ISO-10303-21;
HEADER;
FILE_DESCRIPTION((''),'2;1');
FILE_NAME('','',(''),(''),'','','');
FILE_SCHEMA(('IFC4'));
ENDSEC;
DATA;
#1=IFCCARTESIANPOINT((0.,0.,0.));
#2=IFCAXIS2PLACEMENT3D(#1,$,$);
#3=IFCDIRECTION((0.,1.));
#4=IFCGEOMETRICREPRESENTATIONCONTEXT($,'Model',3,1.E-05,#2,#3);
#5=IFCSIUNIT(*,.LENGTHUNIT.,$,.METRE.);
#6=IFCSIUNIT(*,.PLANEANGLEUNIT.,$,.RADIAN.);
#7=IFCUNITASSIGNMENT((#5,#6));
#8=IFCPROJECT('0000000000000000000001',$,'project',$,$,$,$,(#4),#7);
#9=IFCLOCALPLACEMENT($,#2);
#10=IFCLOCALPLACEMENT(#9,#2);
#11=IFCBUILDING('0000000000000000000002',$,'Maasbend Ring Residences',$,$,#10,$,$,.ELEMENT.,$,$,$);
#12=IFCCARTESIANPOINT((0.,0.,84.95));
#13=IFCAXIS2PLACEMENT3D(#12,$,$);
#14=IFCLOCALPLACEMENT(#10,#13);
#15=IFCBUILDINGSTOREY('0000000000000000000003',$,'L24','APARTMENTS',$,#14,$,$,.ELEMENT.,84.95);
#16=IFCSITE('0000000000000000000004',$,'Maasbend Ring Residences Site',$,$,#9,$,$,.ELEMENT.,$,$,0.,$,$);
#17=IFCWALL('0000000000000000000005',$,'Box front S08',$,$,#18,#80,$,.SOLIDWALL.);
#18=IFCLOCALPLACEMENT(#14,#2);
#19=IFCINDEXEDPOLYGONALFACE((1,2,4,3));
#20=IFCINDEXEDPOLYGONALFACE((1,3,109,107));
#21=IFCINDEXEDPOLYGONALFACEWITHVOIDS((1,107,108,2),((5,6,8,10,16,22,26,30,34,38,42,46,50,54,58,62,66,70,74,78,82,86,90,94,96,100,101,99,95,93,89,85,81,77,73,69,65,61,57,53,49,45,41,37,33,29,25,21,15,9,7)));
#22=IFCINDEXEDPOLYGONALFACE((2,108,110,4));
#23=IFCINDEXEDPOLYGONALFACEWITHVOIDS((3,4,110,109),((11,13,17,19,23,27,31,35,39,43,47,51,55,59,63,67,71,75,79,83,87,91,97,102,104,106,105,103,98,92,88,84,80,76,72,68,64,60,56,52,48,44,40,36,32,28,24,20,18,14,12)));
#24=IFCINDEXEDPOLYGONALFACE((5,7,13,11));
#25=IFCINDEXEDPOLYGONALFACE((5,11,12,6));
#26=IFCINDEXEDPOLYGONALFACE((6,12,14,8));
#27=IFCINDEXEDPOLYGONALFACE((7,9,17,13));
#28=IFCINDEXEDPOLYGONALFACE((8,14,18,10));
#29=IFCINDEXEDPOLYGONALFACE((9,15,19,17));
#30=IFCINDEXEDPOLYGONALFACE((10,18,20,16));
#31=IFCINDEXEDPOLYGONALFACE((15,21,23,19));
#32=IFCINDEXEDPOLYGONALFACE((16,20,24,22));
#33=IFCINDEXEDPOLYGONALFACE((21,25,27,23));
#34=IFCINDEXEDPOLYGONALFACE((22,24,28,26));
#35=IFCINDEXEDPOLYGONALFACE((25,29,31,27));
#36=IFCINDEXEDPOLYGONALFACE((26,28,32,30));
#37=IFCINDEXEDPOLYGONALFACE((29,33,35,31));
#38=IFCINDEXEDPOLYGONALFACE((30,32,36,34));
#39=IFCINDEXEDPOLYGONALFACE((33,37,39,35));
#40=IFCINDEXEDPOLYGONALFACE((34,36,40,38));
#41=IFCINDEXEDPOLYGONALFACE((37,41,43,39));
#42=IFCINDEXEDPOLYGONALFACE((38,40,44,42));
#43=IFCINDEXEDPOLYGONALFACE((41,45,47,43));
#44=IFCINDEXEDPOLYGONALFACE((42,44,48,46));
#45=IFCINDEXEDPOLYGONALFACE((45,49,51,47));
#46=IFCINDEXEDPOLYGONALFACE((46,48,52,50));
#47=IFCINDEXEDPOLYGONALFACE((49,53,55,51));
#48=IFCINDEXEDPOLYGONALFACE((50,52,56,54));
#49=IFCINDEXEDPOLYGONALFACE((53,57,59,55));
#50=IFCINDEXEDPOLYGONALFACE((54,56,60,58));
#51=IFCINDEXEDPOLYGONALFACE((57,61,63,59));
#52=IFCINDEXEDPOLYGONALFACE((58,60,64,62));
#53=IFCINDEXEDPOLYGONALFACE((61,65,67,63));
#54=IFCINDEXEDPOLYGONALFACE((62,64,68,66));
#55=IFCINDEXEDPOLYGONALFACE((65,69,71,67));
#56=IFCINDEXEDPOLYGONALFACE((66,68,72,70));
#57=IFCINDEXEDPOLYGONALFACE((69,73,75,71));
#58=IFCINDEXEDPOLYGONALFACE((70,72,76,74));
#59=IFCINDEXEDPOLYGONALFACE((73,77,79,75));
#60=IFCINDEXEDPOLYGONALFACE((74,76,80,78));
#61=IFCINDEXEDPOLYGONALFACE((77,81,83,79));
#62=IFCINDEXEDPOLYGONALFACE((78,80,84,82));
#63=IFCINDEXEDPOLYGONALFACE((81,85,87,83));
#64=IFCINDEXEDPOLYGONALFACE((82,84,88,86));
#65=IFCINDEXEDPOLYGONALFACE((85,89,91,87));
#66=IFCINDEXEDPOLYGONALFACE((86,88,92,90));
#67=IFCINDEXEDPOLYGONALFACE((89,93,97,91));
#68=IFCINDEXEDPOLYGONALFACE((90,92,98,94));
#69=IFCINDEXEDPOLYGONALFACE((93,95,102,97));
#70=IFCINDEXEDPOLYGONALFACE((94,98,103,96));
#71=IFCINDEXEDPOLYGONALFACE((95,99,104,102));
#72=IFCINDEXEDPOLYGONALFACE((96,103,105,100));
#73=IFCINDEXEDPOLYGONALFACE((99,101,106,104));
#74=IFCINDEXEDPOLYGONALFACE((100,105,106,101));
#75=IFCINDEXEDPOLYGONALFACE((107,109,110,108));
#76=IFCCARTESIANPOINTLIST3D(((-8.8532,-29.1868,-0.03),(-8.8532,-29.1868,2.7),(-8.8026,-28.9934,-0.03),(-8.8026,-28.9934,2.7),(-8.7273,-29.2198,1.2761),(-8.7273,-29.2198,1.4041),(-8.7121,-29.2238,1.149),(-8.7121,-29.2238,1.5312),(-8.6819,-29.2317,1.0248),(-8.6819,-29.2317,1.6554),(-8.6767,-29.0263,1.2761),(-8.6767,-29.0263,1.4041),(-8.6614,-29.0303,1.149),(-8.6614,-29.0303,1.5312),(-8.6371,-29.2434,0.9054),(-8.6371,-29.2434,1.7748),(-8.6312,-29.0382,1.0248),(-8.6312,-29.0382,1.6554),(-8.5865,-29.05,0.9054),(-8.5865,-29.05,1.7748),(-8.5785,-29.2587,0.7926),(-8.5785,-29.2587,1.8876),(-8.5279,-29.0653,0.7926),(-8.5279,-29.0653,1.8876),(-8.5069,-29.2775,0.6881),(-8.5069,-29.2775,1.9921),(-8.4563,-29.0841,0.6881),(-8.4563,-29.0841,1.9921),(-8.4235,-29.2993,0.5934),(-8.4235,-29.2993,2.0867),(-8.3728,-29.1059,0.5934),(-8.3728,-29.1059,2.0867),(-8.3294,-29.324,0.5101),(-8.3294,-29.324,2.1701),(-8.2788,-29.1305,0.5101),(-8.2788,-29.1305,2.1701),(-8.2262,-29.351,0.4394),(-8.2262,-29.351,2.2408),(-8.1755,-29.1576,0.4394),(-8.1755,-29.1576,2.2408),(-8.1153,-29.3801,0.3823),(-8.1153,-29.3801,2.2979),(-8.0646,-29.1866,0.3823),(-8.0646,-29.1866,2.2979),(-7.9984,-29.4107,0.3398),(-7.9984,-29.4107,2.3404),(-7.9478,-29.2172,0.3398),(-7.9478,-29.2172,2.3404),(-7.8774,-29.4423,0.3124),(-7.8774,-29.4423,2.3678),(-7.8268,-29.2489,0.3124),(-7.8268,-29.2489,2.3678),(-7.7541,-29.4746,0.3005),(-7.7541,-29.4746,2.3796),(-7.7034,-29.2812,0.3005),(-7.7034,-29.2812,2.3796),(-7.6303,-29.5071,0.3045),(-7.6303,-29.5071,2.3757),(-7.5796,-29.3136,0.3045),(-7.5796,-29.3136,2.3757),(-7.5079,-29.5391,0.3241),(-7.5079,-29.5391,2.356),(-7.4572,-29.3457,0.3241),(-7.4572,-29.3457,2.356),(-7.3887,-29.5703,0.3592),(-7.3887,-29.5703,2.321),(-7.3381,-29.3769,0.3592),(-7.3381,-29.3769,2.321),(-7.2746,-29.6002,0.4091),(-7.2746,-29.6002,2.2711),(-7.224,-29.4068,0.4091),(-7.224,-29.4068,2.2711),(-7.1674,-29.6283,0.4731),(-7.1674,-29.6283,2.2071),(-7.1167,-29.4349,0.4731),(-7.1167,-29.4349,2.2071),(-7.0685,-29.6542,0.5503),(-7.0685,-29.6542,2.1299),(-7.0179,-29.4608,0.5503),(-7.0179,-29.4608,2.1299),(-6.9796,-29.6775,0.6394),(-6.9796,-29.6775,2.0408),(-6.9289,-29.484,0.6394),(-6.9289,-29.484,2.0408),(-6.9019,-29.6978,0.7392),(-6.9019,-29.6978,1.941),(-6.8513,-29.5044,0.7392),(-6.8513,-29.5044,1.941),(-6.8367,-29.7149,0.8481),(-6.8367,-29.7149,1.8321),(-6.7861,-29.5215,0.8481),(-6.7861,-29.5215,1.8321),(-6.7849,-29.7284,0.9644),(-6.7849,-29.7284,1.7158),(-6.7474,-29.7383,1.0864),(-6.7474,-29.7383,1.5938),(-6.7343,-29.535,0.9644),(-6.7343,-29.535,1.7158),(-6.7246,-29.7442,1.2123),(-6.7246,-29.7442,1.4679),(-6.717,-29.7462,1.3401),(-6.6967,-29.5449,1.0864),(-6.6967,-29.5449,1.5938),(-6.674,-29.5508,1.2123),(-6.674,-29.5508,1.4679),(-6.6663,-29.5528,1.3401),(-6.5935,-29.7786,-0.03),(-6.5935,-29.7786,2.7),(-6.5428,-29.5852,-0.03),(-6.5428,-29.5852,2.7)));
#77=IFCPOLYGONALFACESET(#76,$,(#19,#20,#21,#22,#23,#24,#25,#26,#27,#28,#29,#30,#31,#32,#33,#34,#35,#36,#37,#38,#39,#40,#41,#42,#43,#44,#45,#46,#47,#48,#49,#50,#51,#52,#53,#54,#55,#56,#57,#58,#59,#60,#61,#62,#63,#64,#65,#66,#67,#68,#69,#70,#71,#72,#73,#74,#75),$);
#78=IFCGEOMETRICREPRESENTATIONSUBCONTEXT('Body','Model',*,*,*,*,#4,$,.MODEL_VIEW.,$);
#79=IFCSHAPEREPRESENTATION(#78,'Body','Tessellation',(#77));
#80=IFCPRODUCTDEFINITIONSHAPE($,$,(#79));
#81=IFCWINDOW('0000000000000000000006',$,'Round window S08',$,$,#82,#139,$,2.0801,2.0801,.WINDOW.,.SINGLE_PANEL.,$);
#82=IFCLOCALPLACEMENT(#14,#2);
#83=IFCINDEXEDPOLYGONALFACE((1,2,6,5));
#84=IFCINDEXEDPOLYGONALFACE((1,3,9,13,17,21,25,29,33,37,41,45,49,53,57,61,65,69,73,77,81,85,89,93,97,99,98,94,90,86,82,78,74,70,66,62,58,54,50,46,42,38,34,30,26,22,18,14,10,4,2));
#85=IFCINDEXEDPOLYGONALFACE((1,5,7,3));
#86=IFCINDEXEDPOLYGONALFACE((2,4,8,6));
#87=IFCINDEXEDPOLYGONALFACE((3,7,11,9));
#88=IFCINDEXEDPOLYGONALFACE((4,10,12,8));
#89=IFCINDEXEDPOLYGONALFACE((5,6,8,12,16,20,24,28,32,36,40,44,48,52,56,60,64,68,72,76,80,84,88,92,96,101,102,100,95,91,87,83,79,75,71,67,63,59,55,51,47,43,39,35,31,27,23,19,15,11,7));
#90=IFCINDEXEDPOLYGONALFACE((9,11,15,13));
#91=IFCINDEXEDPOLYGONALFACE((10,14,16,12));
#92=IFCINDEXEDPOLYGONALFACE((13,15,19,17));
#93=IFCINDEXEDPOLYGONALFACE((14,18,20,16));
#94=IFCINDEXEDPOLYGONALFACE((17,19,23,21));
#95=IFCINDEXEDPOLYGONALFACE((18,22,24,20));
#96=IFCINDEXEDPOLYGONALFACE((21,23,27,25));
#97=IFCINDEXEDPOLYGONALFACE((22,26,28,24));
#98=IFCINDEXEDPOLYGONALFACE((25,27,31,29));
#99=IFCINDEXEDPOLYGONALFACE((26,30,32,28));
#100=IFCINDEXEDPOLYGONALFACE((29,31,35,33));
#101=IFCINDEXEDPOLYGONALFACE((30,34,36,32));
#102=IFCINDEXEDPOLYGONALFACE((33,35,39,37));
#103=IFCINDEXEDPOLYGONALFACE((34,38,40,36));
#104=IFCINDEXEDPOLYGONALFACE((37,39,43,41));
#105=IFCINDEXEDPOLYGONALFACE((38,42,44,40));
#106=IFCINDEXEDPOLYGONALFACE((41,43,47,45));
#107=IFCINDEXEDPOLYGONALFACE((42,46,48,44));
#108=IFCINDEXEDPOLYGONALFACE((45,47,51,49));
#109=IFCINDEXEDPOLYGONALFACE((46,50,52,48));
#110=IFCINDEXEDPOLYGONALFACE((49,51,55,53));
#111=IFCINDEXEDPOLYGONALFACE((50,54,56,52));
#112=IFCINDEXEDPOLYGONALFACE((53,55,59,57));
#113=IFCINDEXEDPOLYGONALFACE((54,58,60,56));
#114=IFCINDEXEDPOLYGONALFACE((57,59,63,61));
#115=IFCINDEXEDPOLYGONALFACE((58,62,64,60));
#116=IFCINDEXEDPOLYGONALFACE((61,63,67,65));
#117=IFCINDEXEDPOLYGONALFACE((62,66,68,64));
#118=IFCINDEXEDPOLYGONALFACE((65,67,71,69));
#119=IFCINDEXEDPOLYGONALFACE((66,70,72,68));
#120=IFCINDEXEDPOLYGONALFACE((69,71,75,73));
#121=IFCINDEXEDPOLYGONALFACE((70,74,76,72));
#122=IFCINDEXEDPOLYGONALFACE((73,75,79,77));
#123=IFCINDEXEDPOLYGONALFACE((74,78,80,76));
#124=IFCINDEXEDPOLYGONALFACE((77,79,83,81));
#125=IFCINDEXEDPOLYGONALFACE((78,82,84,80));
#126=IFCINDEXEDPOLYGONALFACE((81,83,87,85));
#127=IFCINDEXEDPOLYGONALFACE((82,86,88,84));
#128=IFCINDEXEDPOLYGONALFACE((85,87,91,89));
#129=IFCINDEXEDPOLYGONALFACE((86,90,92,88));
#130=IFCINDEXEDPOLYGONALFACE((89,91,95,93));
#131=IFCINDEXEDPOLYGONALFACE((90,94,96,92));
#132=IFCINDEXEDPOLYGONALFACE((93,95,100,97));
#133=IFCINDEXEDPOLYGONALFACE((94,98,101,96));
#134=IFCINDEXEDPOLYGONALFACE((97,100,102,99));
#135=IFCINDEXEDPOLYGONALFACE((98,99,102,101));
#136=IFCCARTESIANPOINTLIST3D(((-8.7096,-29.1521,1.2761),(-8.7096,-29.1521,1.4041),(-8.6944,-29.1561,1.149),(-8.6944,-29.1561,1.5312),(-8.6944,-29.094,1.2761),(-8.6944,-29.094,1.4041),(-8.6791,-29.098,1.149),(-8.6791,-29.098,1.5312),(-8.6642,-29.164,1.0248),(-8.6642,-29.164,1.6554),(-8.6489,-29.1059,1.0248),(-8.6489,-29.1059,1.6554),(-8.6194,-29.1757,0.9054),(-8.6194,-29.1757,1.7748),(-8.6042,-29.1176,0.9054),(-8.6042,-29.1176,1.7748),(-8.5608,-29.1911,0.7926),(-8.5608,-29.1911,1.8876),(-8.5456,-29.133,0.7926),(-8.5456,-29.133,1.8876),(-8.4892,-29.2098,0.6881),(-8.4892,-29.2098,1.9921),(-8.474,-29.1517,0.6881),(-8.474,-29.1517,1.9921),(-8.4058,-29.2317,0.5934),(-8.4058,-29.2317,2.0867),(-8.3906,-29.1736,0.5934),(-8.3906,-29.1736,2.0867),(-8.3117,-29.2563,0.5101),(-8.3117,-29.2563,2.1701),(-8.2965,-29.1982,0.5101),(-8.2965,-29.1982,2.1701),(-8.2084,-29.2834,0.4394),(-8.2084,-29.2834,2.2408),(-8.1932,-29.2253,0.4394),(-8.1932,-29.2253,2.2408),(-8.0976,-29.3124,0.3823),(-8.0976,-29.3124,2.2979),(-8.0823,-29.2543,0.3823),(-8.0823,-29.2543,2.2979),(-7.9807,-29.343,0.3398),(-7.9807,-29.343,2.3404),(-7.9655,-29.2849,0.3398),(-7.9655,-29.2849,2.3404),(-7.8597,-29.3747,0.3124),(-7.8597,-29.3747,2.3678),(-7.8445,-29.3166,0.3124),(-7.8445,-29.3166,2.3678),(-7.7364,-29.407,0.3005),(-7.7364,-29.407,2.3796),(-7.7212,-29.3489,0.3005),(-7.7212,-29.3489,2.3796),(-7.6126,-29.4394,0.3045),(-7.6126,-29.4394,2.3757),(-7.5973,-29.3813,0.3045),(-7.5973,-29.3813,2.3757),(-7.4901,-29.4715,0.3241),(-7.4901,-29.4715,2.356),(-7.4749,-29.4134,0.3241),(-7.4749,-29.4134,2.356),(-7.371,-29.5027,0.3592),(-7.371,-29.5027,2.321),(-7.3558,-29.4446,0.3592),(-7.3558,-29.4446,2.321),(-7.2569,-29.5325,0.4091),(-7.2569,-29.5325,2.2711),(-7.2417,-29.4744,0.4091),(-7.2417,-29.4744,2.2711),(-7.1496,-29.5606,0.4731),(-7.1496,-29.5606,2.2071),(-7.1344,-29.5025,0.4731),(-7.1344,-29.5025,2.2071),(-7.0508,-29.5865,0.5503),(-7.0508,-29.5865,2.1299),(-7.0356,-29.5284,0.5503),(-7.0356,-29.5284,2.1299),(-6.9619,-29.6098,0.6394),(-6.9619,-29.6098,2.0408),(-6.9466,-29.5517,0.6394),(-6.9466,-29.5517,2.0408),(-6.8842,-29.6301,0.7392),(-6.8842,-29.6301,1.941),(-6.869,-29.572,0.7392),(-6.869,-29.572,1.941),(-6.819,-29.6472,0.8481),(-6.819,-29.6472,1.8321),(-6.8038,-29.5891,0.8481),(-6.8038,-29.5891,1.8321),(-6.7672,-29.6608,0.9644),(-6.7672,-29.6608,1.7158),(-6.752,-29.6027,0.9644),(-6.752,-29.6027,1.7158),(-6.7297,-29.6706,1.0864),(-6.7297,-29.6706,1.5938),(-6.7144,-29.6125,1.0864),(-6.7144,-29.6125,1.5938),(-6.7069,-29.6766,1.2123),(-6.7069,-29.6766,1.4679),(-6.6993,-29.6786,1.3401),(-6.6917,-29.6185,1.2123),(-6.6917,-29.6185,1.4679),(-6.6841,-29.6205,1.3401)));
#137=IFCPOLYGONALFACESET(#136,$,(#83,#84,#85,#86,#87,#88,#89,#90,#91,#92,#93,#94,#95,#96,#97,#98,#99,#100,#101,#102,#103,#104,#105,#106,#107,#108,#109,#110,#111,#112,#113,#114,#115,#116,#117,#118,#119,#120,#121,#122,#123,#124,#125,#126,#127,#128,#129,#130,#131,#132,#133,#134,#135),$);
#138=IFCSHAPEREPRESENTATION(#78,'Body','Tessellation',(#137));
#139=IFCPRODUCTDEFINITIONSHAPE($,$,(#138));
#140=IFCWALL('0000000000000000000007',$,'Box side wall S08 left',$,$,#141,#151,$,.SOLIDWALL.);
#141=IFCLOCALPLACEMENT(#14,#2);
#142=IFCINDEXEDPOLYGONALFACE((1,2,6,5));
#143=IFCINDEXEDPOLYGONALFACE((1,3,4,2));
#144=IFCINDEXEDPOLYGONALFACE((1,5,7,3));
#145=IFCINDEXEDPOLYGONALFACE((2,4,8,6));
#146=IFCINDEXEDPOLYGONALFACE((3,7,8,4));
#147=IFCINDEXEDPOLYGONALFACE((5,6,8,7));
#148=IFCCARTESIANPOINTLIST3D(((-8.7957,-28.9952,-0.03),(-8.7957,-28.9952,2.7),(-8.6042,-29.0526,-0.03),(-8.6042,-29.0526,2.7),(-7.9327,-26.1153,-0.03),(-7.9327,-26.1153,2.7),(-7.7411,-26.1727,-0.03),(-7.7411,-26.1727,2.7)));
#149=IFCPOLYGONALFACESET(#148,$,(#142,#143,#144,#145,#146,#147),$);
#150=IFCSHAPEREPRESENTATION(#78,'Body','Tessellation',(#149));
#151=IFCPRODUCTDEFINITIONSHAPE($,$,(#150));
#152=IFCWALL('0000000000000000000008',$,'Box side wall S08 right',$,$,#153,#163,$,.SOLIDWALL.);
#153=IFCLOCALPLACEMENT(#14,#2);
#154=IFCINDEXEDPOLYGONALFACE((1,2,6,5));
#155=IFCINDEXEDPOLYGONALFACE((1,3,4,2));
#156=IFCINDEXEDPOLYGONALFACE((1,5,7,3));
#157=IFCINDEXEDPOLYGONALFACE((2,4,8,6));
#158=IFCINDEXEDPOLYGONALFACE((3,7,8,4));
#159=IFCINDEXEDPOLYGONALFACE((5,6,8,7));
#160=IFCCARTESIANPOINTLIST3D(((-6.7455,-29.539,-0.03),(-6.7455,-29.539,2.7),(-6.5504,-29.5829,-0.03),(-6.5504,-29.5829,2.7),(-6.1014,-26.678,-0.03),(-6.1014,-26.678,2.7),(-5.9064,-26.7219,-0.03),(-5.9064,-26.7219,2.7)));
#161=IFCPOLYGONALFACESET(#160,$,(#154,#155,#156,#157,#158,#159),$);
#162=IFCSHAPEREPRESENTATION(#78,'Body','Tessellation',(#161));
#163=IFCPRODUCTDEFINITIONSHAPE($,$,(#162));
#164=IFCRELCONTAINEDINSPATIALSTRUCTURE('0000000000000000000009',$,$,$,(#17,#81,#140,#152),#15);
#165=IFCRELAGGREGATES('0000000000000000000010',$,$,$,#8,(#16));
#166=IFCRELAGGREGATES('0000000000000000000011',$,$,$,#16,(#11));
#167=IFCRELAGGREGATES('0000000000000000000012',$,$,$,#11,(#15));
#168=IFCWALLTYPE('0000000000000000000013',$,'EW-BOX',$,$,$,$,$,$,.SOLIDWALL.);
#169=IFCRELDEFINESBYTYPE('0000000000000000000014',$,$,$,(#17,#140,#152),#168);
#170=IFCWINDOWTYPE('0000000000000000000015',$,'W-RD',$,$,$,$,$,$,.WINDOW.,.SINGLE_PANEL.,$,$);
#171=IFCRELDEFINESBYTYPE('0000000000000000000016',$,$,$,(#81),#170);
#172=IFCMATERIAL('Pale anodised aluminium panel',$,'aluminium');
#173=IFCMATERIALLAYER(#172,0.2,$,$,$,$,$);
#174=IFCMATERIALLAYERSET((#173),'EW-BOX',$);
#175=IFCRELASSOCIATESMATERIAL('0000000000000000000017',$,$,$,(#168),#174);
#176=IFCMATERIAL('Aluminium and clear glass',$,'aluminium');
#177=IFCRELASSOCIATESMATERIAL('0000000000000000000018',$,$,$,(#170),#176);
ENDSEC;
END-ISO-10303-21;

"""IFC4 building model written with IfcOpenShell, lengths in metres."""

from ifc_helpers import new_model, si_unit, direction, frame, frame_2d, origin, place, context, subcontext, project, spatial, rectangle, circle, extrude, material, layer, layer_set, type_object, element, fill, save


model = new_model("IFC4")

# Units and contexts
model_context = context("Model", 3, precision=1e-05, world=origin(), true_north=direction((0.0, 1.0)))
body_context = subcontext(model_context, "Body", "Model", "MODEL_VIEW")
ifc_project = project(units=[si_unit("LENGTHUNIT", "METRE"), si_unit("PLANEANGLEUNIT", "RADIAN")], contexts=[model_context])

# Site, building, storey
site_placement = place(None, origin())
site = spatial("IfcSite", under=ifc_project, at=site_placement, Name="Maasbend Ring Residences Site", CompositionType="ELEMENT", RefElevation=0.0)
building_placement = place(site_placement, origin())
building = spatial("IfcBuilding", under=site, at=building_placement, Name="Maasbend Ring Residences", CompositionType="ELEMENT")
storey_placement = place(building_placement, frame((0.0, 0.0, 84.95)))
storey = spatial("IfcBuildingStorey", under=building, at=storey_placement, Name="L24", Description="APARTMENTS", CompositionType="ELEMENT", Elevation=84.95)

# Wall, opening, window
ifc_material_1 = material(Name="Pale anodised aluminium panel", Category="aluminium")
ifc_layer_1 = layer(ifc_material_1, 0.2)
ifc_layer_set_1 = layer_set([ifc_layer_1], Name="EW-BOX")
wall_type_1 = type_object("IfcWallType", Name="EW-BOX", PredefinedType="SOLIDWALL", material=ifc_layer_set_1)
wall_1_placement = place(storey_placement, frame((-8.8279, -29.0901, -0.03), z_axis=(0.0, 0.0, 1.0), x_axis=(0.967377, -0.253341, 0.0)))
wall_1 = element("IfcWall", 1, at=wall_1_placement, inside=storey, type_object=wall_type_1, Name="Box front S08", PredefinedType="SOLIDWALL", context=body_context, shape_type="SweptSolid", body=[
    extrude(rectangle(XDim=2.3359, YDim=0.2, at=frame_2d((1.168, 0.0))), origin(), (0.0, 0.0, 1.0), 2.73),
])
opening_1_placement = place(wall_1_placement, frame((0.1282, 0.0, 0.3301)))
opening_1 = element("IfcOpeningElement", 2, at=opening_1_placement, cuts=wall_1, PredefinedType="OPENING", context=body_context, shape_type="SweptSolid", body=[
    extrude(circle(Radius=1.04, at=frame_2d((1.04, 1.04))), frame((0.0, 0.1099, 0.0), z_axis=(0.0, -1.0, 0.0), x_axis=(1.0, 0.0, 0.0)), (0.0, 0.0, 1.0), 0.22),
])
ifc_material_2 = material(Name="Aluminium and clear glass", Category="aluminium")
window_type_1 = type_object("IfcWindowType", Name="W-RD", PartitioningType="SINGLE_PANEL", PredefinedType="WINDOW", material=ifc_material_2)
window_1_placement = place(opening_1_placement, origin())
window_1 = element("IfcWindow", 3, at=window_1_placement, inside=storey, type_object=window_type_1, Name="Round window S08", OverallHeight=2.0801, OverallWidth=2.0801, PartitioningType="SINGLE_PANEL", PredefinedType="WINDOW", context=body_context, shape_type="SweptSolid", body=[
    extrude(circle(Radius=1.04, at=frame_2d((1.04, 1.04))), frame((0.0, 0.03, 0.0), z_axis=(0.0, -1.0, 0.0), x_axis=(1.0, 0.0, 0.0)), (0.0, 0.0, 1.0), 0.0601),
])
fill(opening_1, window_1)

# Walls
wall_2_placement = place(storey_placement, frame((-7.8369, -26.144, -0.03), z_axis=(0.0, 0.0, 1.0), x_axis=(-0.287065, -0.957911, 0.0)))
element("IfcWall", 4, at=wall_2_placement, inside=storey, type_object=wall_type_1, Name="Box side wall S08 left", PredefinedType="SOLIDWALL", context=body_context, shape_type="SweptSolid", body=[
    extrude(rectangle(XDim=3.0063, YDim=0.2, at=frame_2d((1.5032, 0.0))), origin(), (0.0, 0.0, 1.0), 2.73),
])
wall_3_placement = place(storey_placement, frame((-6.0039, -26.7, -0.03), z_axis=(0.0, 0.0, 1.0), x_axis=(-0.219609, -0.975588, 0.0)))
element("IfcWall", 5, at=wall_3_placement, inside=storey, type_object=wall_type_1, Name="Box side wall S08 right", PredefinedType="SOLIDWALL", context=body_context, shape_type="SweptSolid", body=[
    extrude(rectangle(XDim=2.9326, YDim=0.2, at=frame_2d((1.4663, 0.0))), origin(), (0.0, 0.0, 1.0), 2.73),
])

save(model, "model.ifc")
